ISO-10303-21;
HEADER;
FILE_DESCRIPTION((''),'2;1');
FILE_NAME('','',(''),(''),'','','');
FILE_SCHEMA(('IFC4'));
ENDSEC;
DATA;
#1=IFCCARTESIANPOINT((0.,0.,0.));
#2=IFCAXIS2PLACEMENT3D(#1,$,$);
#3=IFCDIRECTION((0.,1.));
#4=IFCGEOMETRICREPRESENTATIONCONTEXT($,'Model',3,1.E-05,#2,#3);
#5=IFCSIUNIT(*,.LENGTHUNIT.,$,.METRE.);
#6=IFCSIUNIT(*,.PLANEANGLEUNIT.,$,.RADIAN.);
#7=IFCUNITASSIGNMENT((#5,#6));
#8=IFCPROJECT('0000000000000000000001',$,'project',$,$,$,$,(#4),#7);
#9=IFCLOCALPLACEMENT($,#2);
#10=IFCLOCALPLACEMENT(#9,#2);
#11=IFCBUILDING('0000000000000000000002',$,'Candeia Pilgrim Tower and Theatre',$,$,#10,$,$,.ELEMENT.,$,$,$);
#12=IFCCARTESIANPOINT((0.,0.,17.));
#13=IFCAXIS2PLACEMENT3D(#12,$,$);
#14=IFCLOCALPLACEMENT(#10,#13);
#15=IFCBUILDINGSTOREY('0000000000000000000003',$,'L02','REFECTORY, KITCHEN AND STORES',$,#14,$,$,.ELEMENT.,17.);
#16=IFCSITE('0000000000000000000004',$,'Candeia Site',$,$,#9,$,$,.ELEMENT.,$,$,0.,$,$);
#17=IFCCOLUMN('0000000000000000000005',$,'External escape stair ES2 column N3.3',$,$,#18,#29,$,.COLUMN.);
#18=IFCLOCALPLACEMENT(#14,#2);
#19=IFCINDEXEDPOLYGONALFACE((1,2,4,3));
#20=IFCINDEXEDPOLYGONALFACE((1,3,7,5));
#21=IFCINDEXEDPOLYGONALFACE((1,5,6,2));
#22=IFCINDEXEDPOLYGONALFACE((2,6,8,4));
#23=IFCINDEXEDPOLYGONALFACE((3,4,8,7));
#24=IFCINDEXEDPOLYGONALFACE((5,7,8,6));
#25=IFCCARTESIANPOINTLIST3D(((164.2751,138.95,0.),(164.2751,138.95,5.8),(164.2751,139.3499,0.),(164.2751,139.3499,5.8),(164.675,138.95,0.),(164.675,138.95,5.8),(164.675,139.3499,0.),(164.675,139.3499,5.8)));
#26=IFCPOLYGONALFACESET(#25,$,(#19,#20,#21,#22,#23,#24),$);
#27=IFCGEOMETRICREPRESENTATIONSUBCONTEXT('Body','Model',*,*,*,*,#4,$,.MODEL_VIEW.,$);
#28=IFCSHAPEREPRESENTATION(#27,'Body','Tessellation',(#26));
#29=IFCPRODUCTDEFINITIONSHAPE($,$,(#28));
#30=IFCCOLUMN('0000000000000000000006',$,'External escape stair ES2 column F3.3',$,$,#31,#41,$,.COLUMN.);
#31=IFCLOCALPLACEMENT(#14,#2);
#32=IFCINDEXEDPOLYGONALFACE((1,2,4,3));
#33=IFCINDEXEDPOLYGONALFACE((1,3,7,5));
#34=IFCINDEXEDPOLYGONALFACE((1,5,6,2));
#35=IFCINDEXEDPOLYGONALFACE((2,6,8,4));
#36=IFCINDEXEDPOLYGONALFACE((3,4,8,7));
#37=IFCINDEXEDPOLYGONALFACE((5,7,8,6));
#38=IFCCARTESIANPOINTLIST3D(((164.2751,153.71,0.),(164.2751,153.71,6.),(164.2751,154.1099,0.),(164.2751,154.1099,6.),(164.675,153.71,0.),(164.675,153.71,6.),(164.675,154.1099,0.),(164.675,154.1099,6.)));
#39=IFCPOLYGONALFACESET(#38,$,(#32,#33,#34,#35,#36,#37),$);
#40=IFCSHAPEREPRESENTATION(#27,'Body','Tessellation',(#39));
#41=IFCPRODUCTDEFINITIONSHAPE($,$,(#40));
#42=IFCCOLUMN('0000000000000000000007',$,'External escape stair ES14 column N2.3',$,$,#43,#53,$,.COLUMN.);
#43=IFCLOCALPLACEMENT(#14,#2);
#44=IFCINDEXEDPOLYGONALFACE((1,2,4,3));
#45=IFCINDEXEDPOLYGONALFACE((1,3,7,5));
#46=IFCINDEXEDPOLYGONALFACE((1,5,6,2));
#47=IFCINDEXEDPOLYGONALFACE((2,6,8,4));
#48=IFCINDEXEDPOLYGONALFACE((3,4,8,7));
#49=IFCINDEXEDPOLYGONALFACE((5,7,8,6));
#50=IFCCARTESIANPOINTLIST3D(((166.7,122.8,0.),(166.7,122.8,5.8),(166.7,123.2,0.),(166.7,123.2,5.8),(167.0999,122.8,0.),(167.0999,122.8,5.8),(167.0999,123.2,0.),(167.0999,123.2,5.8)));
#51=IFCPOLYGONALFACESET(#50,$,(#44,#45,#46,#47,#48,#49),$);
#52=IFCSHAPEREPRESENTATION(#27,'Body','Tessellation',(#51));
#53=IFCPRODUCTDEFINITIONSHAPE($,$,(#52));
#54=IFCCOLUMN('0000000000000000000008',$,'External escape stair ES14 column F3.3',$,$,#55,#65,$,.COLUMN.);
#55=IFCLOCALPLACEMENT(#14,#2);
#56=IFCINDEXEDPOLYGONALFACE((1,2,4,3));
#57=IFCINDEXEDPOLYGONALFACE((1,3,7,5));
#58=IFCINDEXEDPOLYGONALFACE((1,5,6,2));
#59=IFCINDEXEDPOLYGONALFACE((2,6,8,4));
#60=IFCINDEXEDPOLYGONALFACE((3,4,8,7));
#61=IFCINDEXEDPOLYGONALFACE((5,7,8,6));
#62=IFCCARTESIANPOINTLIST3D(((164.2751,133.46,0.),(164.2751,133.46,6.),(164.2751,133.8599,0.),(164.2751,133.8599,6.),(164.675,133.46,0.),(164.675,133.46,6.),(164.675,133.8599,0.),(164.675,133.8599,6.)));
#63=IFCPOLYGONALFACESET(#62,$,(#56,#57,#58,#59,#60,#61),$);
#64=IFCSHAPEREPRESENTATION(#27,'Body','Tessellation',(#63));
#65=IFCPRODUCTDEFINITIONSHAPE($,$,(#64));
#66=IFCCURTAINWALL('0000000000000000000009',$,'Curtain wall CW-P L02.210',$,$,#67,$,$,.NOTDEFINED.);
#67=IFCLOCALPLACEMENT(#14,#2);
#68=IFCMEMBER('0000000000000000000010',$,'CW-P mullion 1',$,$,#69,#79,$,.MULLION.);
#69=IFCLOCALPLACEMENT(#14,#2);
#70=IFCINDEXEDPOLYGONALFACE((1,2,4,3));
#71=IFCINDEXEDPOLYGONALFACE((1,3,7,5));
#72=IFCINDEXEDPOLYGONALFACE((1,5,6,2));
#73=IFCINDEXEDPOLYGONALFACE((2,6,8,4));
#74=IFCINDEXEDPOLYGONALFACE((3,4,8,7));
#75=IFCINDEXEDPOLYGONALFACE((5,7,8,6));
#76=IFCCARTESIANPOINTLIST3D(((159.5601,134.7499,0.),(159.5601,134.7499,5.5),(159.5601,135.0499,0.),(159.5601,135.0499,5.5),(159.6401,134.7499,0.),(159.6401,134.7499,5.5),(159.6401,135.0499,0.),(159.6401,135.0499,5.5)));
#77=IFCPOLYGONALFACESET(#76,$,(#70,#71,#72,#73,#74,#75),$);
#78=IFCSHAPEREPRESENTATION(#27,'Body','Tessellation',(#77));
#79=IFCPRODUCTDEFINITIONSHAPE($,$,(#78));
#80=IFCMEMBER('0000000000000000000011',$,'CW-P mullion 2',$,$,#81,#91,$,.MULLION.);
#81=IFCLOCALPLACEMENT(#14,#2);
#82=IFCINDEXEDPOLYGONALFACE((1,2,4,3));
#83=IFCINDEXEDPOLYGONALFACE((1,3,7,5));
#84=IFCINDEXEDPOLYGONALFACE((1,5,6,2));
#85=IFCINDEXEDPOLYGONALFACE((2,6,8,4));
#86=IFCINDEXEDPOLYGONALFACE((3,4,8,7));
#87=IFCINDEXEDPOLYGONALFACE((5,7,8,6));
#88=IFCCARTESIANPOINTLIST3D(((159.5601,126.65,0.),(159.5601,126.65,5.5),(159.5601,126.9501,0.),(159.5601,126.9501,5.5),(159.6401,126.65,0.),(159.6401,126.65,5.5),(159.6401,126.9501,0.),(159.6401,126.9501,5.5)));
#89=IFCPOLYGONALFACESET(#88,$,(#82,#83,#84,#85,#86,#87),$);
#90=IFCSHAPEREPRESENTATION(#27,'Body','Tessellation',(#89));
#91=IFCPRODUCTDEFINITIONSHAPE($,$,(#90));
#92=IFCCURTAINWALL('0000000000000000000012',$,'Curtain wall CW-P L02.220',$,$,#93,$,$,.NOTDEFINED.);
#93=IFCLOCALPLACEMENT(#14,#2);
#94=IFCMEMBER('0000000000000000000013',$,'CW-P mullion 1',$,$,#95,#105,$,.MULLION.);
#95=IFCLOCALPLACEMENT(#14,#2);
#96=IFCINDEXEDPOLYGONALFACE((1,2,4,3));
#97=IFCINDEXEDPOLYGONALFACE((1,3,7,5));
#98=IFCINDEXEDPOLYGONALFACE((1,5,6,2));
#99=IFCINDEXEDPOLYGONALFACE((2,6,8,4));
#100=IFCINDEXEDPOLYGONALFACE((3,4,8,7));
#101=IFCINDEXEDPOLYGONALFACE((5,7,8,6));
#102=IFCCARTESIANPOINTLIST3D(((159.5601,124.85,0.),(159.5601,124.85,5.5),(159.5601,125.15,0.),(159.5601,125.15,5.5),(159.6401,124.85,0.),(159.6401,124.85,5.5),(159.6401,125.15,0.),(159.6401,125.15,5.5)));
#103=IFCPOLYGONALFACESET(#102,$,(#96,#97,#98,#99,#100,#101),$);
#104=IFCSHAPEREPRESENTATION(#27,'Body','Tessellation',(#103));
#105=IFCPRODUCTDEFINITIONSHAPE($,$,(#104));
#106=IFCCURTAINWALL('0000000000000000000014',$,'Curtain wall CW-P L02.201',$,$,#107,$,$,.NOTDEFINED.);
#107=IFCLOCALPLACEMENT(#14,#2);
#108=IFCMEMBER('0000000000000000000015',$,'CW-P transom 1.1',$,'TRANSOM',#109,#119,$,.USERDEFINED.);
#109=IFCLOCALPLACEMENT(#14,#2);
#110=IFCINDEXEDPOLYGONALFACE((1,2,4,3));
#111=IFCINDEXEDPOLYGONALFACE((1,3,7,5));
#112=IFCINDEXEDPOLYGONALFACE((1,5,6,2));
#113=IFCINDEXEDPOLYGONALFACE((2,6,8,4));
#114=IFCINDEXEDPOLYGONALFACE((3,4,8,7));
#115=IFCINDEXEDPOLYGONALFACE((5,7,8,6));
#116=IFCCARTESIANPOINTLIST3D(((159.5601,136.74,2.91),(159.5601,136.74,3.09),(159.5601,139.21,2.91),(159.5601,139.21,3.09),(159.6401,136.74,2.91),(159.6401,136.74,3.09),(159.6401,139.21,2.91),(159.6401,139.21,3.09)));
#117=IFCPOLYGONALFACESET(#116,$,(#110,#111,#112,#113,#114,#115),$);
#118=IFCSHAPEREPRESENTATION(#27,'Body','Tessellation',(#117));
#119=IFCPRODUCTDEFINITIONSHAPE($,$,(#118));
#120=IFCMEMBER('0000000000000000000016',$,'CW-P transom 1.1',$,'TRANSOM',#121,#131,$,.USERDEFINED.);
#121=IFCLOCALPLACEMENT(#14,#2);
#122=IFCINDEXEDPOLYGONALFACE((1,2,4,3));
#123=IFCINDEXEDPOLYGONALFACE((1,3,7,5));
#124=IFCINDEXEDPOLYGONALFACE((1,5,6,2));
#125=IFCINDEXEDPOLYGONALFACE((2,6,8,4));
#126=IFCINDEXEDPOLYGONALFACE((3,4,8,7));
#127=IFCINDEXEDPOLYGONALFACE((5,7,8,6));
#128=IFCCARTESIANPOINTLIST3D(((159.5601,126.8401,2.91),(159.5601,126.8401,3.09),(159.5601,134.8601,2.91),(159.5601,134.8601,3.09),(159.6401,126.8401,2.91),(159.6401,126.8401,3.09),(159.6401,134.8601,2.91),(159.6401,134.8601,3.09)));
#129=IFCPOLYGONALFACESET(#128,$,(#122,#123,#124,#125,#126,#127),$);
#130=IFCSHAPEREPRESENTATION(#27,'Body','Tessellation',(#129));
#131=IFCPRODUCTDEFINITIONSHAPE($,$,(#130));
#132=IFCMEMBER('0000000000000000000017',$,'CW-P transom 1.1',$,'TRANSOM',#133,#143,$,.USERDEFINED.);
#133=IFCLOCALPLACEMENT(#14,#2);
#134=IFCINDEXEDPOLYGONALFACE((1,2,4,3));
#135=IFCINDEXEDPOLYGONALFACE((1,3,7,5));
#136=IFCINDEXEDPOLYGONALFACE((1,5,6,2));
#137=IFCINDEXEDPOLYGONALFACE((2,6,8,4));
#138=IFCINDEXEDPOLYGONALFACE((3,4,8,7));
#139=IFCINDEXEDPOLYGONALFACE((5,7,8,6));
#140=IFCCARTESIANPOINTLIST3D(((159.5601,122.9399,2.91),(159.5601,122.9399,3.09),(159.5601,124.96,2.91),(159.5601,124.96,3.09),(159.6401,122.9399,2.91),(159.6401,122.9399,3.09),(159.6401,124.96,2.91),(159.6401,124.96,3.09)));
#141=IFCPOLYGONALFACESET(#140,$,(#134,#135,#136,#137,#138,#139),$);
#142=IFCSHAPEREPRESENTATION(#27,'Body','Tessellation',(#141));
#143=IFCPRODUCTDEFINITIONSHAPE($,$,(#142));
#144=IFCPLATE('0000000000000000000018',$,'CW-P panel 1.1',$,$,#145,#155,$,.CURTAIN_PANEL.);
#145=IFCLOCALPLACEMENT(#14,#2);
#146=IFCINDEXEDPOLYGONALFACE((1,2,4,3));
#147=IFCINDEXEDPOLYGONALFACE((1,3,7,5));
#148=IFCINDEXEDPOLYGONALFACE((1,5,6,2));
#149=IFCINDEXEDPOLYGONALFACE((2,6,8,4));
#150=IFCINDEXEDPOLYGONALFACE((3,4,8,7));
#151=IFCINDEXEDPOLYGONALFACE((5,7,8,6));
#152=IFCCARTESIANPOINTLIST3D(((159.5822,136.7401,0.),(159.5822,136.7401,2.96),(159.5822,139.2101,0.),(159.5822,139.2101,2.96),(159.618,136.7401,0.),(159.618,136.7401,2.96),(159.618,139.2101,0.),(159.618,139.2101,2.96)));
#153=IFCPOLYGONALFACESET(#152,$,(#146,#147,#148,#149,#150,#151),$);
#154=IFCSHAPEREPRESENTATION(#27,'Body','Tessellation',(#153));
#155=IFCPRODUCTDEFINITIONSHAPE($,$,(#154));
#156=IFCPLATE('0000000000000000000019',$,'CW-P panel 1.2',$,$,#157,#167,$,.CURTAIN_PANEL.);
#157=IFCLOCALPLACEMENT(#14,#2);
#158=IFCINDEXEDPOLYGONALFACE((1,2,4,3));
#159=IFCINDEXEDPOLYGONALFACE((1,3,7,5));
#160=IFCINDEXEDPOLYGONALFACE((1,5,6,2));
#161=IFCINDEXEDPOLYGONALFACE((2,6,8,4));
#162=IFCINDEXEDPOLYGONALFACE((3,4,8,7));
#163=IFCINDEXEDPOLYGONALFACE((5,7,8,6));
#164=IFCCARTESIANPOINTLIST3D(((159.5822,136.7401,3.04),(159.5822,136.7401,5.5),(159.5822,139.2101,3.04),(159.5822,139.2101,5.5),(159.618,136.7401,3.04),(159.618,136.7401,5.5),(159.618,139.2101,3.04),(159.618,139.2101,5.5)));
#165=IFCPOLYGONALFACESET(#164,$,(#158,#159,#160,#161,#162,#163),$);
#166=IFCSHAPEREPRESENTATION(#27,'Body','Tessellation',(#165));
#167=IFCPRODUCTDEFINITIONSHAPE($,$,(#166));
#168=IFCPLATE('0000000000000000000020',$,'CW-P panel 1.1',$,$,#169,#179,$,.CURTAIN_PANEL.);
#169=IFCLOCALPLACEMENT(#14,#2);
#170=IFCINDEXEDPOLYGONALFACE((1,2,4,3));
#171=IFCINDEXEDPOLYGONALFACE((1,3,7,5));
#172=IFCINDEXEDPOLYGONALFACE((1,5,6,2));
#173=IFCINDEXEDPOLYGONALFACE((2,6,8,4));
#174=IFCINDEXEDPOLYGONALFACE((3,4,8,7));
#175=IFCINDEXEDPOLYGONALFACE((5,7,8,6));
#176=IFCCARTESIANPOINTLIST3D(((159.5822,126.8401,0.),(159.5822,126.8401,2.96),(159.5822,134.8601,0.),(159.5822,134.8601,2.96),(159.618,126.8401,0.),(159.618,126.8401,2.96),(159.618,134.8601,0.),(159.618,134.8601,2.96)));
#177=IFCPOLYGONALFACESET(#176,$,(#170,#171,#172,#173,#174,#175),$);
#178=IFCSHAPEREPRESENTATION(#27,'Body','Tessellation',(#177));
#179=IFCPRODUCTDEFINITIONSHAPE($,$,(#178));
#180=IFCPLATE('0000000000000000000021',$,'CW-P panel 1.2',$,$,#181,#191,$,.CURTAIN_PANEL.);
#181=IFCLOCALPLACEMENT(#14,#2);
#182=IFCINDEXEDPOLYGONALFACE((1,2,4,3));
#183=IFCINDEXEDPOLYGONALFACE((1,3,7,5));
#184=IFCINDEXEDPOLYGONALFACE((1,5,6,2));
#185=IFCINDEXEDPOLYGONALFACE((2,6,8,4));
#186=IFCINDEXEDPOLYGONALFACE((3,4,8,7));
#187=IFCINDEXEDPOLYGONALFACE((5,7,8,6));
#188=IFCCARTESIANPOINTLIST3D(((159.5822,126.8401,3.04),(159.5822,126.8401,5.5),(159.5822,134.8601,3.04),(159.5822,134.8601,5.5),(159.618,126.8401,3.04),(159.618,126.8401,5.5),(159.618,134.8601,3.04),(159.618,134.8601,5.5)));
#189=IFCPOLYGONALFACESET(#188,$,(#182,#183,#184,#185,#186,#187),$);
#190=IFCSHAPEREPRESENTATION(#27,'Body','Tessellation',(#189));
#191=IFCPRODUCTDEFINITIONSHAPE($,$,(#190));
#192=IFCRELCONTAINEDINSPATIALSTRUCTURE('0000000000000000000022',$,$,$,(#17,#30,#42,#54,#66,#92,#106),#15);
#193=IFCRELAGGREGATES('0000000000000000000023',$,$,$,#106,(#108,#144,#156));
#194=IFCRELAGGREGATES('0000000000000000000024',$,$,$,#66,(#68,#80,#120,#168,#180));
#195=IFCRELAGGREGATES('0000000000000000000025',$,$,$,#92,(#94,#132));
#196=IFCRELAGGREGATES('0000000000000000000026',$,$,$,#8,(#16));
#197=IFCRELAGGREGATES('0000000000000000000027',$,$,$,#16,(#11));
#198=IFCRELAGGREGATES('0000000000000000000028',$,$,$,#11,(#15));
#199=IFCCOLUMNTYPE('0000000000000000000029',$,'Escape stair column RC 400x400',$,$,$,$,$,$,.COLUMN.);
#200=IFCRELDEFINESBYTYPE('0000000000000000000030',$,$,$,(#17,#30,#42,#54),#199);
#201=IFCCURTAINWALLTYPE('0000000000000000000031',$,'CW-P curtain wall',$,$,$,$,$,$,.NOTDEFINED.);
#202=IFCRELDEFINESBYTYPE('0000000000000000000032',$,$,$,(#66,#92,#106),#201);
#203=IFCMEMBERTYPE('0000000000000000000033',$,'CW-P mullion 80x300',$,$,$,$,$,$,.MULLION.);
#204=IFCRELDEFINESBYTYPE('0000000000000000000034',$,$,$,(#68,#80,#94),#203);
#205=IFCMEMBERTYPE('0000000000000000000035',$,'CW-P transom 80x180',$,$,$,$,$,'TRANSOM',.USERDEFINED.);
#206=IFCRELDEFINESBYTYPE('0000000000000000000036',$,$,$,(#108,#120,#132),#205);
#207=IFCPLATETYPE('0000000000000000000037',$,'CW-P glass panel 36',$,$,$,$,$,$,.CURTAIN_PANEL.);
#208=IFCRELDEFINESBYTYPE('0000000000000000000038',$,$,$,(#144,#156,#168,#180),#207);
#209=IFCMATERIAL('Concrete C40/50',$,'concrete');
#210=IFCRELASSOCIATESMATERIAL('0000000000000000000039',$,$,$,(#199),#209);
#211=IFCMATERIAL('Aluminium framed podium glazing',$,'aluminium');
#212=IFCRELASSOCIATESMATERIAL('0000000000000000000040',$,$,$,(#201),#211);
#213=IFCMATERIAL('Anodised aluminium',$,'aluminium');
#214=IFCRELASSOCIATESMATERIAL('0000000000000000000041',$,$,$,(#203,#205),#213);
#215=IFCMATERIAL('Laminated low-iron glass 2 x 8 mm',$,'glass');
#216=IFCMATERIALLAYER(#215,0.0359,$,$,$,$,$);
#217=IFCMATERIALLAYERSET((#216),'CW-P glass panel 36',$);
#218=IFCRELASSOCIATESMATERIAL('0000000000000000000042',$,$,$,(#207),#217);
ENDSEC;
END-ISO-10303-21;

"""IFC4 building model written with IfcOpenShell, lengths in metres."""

from ifc_helpers import new_model, si_unit, direction, frame, origin, origin_2d, place, context, subcontext, project, spatial, rectangle, extrude, material, layer, layer_set, material_profile, profile_set, type_object, element, aggregate, save


model = new_model("IFC4")

# Units and contexts
model_context = context("Model", 3, precision=1e-05, world=origin(), true_north=direction((0.0, 1.0)))
body_context = subcontext(model_context, "Body", "Model", "MODEL_VIEW")
ifc_project = project(units=[si_unit("LENGTHUNIT", "METRE"), si_unit("PLANEANGLEUNIT", "RADIAN")], contexts=[model_context])

# Site, building, storey
site_placement = place(None, origin())
site = spatial("IfcSite", under=ifc_project, at=site_placement, Name="Candeia Site", CompositionType="ELEMENT", RefElevation=0.0)
building_placement = place(site_placement, origin())
building = spatial("IfcBuilding", under=site, at=building_placement, Name="Candeia Pilgrim Tower and Theatre", CompositionType="ELEMENT")
storey_placement = place(building_placement, frame((0.0, 0.0, 17.0)))
storey = spatial("IfcBuildingStorey", under=building, at=storey_placement, Name="L02", Description="REFECTORY, KITCHEN AND STORES", CompositionType="ELEMENT", Elevation=17.0)

# Columns
ifc_material_1 = material(Name="Concrete C40/50", Category="concrete")
ifc_material_profile_1 = material_profile(ifc_material_1, rectangle(XDim=0.3999, YDim=0.3999, at=origin_2d()))
ifc_profile_set_1 = profile_set([ifc_material_profile_1], Name="Concrete C40/50")
column_type = type_object("IfcColumnType", Name="Escape stair column RC 400x400", PredefinedType="COLUMN", material=ifc_profile_set_1)
column_1_placement = place(storey_placement, frame((164.4751, 139.1499, 0.0), z_axis=(0.0, 0.0, 1.0), x_axis=(1.0, 0.0, 0.0)))
element("IfcColumn", 1, at=column_1_placement, inside=storey, type_object=column_type, Name="External escape stair ES2 column N3.3", PredefinedType="COLUMN", context=body_context, shape_type="SweptSolid", body=[
    extrude(rectangle(XDim=0.3999, YDim=0.3999, at=origin_2d()), origin(), (0.0, 0.0, 1.0), 5.8),
])
column_2_placement = place(storey_placement, frame((164.4751, 153.9099, 0.0), z_axis=(0.0, 0.0, 1.0), x_axis=(1.0, 0.0, 0.0)))
element("IfcColumn", 2, at=column_2_placement, inside=storey, type_object=column_type, Name="External escape stair ES2 column F3.3", PredefinedType="COLUMN", context=body_context, shape_type="SweptSolid", body=[
    extrude(rectangle(XDim=0.3999, YDim=0.3999, at=origin_2d()), origin(), (0.0, 0.0, 1.0), 6.0),
])
column_3_placement = place(storey_placement, frame((166.8999, 123.0, 0.0), z_axis=(0.0, 0.0, 1.0), x_axis=(1.0, 0.0, 0.0)))
element("IfcColumn", 3, at=column_3_placement, inside=storey, type_object=column_type, Name="External escape stair ES14 column N2.3", PredefinedType="COLUMN", context=body_context, shape_type="SweptSolid", body=[
    extrude(rectangle(XDim=0.3999, YDim=0.3999, at=origin_2d()), origin(), (0.0, 0.0, 1.0), 5.8),
])
column_4_placement = place(storey_placement, frame((164.4751, 133.6599, 0.0), z_axis=(0.0, 0.0, 1.0), x_axis=(1.0, 0.0, 0.0)))
element("IfcColumn", 4, at=column_4_placement, inside=storey, type_object=column_type, Name="External escape stair ES14 column F3.3", PredefinedType="COLUMN", context=body_context, shape_type="SweptSolid", body=[
    extrude(rectangle(XDim=0.3999, YDim=0.3999, at=origin_2d()), origin(), (0.0, 0.0, 1.0), 6.0),
])

# Curtain wall, members
ifc_material_2 = material(Name="Aluminium framed podium glazing", Category="aluminium")
curtain_wall_type = type_object("IfcCurtainWallType", Name="CW-P curtain wall", PredefinedType="NOTDEFINED", material=ifc_material_2)
curtain_wall_1_placement = place(storey_placement, origin())
curtain_wall_1 = element("IfcCurtainWall", 5, at=curtain_wall_1_placement, inside=storey, type_object=curtain_wall_type, Name="Curtain wall CW-P L02.210", PredefinedType="NOTDEFINED")
ifc_material_3 = material(Name="Anodised aluminium", Category="aluminium")
ifc_material_profile_2 = material_profile(ifc_material_3, rectangle(XDim=0.0801, YDim=0.3, at=origin_2d()))
ifc_profile_set_2 = profile_set([ifc_material_profile_2], Name="Anodised aluminium")
member_type_1 = type_object("IfcMemberType", Name="CW-P mullion 80x300", PredefinedType="MULLION", material=ifc_profile_set_2)
member_1_placement = place(storey_placement, frame((159.6001, 134.8999, 0.0), z_axis=(0.0, 0.0, 1.0), x_axis=(1.0, 0.0, 0.0)))
member_1 = element("IfcMember", 6, at=member_1_placement, type_object=member_type_1, Name="CW-P mullion 1", PredefinedType="MULLION", context=body_context, shape_type="SweptSolid", body=[
    extrude(rectangle(XDim=0.0801, YDim=0.3, at=origin_2d()), origin(), (0.0, 0.0, 1.0), 5.5),
])
member_2_placement = place(storey_placement, frame((159.6001, 126.8, 0.0), z_axis=(0.0, 0.0, 1.0), x_axis=(1.0, 0.0, 0.0)))
member_2 = element("IfcMember", 7, at=member_2_placement, type_object=member_type_1, Name="CW-P mullion 2", PredefinedType="MULLION", context=body_context, shape_type="SweptSolid", body=[
    extrude(rectangle(XDim=0.0801, YDim=0.3, at=origin_2d()), origin(), (0.0, 0.0, 1.0), 5.5),
])

# Curtain walls, members
curtain_wall_2_placement = place(storey_placement, origin())
curtain_wall_2 = element("IfcCurtainWall", 8, at=curtain_wall_2_placement, inside=storey, type_object=curtain_wall_type, Name="Curtain wall CW-P L02.220", PredefinedType="NOTDEFINED")
member_3_placement = place(storey_placement, frame((159.6001, 125.0, 0.0), z_axis=(0.0, 0.0, 1.0), x_axis=(1.0, 0.0, 0.0)))
member_3 = element("IfcMember", 9, at=member_3_placement, type_object=member_type_1, Name="CW-P mullion 1", PredefinedType="MULLION", context=body_context, shape_type="SweptSolid", body=[
    extrude(rectangle(XDim=0.0801, YDim=0.3, at=origin_2d()), origin(), (0.0, 0.0, 1.0), 5.5),
])
curtain_wall_3_placement = place(storey_placement, origin())
curtain_wall_3 = element("IfcCurtainWall", 10, at=curtain_wall_3_placement, inside=storey, type_object=curtain_wall_type, Name="Curtain wall CW-P L02.201", PredefinedType="NOTDEFINED")
ifc_material_profile_3 = material_profile(ifc_material_3, rectangle(XDim=0.0801, YDim=0.1799, at=origin_2d()))
ifc_profile_set_3 = profile_set([ifc_material_profile_3], Name="Anodised aluminium")
member_type_2 = type_object("IfcMemberType", Name="CW-P transom 80x180", ElementType="TRANSOM", PredefinedType="USERDEFINED", material=ifc_profile_set_3)
member_4_placement = place(storey_placement, frame((159.6001, 139.21, 3.0), z_axis=(0.0, -1.0, 0.0), x_axis=(1.0, 0.0, 0.0)))
member_4 = element("IfcMember", 11, at=member_4_placement, type_object=member_type_2, Name="CW-P transom 1.1", ObjectType="TRANSOM", PredefinedType="USERDEFINED", context=body_context, shape_type="SweptSolid", body=[
    extrude(rectangle(XDim=0.0801, YDim=0.1799, at=origin_2d()), origin(), (0.0, 0.0, 1.0), 2.47),
])

# Members
member_5_placement = place(storey_placement, frame((159.6001, 134.8601, 3.0), z_axis=(0.0, -1.0, 0.0), x_axis=(1.0, 0.0, 0.0)))
member_5 = element("IfcMember", 12, at=member_5_placement, type_object=member_type_2, Name="CW-P transom 1.1", ObjectType="TRANSOM", PredefinedType="USERDEFINED", context=body_context, shape_type="SweptSolid", body=[
    extrude(rectangle(XDim=0.0801, YDim=0.1799, at=origin_2d()), origin(), (0.0, 0.0, 1.0), 8.02),
])
member_6_placement = place(storey_placement, frame((159.6001, 124.96, 3.0), z_axis=(0.0, -1.0, 0.0), x_axis=(1.0, 0.0, 0.0)))
member_6 = element("IfcMember", 13, at=member_6_placement, type_object=member_type_2, Name="CW-P transom 1.1", ObjectType="TRANSOM", PredefinedType="USERDEFINED", context=body_context, shape_type="SweptSolid", body=[
    extrude(rectangle(XDim=0.0801, YDim=0.1799, at=origin_2d()), origin(), (0.0, 0.0, 1.0), 2.02),
])

# Plates
ifc_material_4 = material(Name="Laminated low-iron glass 2 x 8 mm", Category="glass")
ifc_layer_1 = layer(ifc_material_4, 0.0359)
ifc_layer_set_1 = layer_set([ifc_layer_1], Name="CW-P glass panel 36")
plate_type = type_object("IfcPlateType", Name="CW-P glass panel 36", PredefinedType="CURTAIN_PANEL", material=ifc_layer_set_1)
plate_1_placement = place(storey_placement, frame((159.6001, 137.9751, 0.0), z_axis=(0.0, 0.0, 1.0), x_axis=(0.0, -1.0, 0.0)))
plate_1 = element("IfcPlate", 14, at=plate_1_placement, type_object=plate_type, Name="CW-P panel 1.1", PredefinedType="CURTAIN_PANEL", context=body_context, shape_type="SweptSolid", body=[
    extrude(rectangle(XDim=2.47, YDim=0.0359, at=origin_2d()), origin(), (0.0, 0.0, 1.0), 2.96),
])
plate_2_placement = place(storey_placement, frame((159.6001, 137.9751, 3.04), z_axis=(0.0, 0.0, 1.0), x_axis=(0.0, -1.0, 0.0)))
plate_2 = element("IfcPlate", 15, at=plate_2_placement, type_object=plate_type, Name="CW-P panel 1.2", PredefinedType="CURTAIN_PANEL", context=body_context, shape_type="SweptSolid", body=[
    extrude(rectangle(XDim=2.47, YDim=0.0359, at=origin_2d()), origin(), (0.0, 0.0, 1.0), 2.46),
])
aggregate(curtain_wall_3, [member_4, plate_1, plate_2])
plate_3_placement = place(storey_placement, frame((159.6001, 130.8501, 0.0), z_axis=(0.0, 0.0, 1.0), x_axis=(0.0, -1.0, 0.0)))
plate_3 = element("IfcPlate", 16, at=plate_3_placement, type_object=plate_type, Name="CW-P panel 1.1", PredefinedType="CURTAIN_PANEL", context=body_context, shape_type="SweptSolid", body=[
    extrude(rectangle(XDim=8.02, YDim=0.0359, at=origin_2d()), origin(), (0.0, 0.0, 1.0), 2.96),
])
plate_4_placement = place(storey_placement, frame((159.6001, 130.8501, 3.04), z_axis=(0.0, 0.0, 1.0), x_axis=(0.0, -1.0, 0.0)))
plate_4 = element("IfcPlate", 17, at=plate_4_placement, type_object=plate_type, Name="CW-P panel 1.2", PredefinedType="CURTAIN_PANEL", context=body_context, shape_type="SweptSolid", body=[
    extrude(rectangle(XDim=8.02, YDim=0.0359, at=origin_2d()), origin(), (0.0, 0.0, 1.0), 2.46),
])
aggregate(curtain_wall_1, [member_1, member_2, member_5, plate_3, plate_4])
aggregate(curtain_wall_2, [member_3, member_6])

save(model, "model.ifc")
